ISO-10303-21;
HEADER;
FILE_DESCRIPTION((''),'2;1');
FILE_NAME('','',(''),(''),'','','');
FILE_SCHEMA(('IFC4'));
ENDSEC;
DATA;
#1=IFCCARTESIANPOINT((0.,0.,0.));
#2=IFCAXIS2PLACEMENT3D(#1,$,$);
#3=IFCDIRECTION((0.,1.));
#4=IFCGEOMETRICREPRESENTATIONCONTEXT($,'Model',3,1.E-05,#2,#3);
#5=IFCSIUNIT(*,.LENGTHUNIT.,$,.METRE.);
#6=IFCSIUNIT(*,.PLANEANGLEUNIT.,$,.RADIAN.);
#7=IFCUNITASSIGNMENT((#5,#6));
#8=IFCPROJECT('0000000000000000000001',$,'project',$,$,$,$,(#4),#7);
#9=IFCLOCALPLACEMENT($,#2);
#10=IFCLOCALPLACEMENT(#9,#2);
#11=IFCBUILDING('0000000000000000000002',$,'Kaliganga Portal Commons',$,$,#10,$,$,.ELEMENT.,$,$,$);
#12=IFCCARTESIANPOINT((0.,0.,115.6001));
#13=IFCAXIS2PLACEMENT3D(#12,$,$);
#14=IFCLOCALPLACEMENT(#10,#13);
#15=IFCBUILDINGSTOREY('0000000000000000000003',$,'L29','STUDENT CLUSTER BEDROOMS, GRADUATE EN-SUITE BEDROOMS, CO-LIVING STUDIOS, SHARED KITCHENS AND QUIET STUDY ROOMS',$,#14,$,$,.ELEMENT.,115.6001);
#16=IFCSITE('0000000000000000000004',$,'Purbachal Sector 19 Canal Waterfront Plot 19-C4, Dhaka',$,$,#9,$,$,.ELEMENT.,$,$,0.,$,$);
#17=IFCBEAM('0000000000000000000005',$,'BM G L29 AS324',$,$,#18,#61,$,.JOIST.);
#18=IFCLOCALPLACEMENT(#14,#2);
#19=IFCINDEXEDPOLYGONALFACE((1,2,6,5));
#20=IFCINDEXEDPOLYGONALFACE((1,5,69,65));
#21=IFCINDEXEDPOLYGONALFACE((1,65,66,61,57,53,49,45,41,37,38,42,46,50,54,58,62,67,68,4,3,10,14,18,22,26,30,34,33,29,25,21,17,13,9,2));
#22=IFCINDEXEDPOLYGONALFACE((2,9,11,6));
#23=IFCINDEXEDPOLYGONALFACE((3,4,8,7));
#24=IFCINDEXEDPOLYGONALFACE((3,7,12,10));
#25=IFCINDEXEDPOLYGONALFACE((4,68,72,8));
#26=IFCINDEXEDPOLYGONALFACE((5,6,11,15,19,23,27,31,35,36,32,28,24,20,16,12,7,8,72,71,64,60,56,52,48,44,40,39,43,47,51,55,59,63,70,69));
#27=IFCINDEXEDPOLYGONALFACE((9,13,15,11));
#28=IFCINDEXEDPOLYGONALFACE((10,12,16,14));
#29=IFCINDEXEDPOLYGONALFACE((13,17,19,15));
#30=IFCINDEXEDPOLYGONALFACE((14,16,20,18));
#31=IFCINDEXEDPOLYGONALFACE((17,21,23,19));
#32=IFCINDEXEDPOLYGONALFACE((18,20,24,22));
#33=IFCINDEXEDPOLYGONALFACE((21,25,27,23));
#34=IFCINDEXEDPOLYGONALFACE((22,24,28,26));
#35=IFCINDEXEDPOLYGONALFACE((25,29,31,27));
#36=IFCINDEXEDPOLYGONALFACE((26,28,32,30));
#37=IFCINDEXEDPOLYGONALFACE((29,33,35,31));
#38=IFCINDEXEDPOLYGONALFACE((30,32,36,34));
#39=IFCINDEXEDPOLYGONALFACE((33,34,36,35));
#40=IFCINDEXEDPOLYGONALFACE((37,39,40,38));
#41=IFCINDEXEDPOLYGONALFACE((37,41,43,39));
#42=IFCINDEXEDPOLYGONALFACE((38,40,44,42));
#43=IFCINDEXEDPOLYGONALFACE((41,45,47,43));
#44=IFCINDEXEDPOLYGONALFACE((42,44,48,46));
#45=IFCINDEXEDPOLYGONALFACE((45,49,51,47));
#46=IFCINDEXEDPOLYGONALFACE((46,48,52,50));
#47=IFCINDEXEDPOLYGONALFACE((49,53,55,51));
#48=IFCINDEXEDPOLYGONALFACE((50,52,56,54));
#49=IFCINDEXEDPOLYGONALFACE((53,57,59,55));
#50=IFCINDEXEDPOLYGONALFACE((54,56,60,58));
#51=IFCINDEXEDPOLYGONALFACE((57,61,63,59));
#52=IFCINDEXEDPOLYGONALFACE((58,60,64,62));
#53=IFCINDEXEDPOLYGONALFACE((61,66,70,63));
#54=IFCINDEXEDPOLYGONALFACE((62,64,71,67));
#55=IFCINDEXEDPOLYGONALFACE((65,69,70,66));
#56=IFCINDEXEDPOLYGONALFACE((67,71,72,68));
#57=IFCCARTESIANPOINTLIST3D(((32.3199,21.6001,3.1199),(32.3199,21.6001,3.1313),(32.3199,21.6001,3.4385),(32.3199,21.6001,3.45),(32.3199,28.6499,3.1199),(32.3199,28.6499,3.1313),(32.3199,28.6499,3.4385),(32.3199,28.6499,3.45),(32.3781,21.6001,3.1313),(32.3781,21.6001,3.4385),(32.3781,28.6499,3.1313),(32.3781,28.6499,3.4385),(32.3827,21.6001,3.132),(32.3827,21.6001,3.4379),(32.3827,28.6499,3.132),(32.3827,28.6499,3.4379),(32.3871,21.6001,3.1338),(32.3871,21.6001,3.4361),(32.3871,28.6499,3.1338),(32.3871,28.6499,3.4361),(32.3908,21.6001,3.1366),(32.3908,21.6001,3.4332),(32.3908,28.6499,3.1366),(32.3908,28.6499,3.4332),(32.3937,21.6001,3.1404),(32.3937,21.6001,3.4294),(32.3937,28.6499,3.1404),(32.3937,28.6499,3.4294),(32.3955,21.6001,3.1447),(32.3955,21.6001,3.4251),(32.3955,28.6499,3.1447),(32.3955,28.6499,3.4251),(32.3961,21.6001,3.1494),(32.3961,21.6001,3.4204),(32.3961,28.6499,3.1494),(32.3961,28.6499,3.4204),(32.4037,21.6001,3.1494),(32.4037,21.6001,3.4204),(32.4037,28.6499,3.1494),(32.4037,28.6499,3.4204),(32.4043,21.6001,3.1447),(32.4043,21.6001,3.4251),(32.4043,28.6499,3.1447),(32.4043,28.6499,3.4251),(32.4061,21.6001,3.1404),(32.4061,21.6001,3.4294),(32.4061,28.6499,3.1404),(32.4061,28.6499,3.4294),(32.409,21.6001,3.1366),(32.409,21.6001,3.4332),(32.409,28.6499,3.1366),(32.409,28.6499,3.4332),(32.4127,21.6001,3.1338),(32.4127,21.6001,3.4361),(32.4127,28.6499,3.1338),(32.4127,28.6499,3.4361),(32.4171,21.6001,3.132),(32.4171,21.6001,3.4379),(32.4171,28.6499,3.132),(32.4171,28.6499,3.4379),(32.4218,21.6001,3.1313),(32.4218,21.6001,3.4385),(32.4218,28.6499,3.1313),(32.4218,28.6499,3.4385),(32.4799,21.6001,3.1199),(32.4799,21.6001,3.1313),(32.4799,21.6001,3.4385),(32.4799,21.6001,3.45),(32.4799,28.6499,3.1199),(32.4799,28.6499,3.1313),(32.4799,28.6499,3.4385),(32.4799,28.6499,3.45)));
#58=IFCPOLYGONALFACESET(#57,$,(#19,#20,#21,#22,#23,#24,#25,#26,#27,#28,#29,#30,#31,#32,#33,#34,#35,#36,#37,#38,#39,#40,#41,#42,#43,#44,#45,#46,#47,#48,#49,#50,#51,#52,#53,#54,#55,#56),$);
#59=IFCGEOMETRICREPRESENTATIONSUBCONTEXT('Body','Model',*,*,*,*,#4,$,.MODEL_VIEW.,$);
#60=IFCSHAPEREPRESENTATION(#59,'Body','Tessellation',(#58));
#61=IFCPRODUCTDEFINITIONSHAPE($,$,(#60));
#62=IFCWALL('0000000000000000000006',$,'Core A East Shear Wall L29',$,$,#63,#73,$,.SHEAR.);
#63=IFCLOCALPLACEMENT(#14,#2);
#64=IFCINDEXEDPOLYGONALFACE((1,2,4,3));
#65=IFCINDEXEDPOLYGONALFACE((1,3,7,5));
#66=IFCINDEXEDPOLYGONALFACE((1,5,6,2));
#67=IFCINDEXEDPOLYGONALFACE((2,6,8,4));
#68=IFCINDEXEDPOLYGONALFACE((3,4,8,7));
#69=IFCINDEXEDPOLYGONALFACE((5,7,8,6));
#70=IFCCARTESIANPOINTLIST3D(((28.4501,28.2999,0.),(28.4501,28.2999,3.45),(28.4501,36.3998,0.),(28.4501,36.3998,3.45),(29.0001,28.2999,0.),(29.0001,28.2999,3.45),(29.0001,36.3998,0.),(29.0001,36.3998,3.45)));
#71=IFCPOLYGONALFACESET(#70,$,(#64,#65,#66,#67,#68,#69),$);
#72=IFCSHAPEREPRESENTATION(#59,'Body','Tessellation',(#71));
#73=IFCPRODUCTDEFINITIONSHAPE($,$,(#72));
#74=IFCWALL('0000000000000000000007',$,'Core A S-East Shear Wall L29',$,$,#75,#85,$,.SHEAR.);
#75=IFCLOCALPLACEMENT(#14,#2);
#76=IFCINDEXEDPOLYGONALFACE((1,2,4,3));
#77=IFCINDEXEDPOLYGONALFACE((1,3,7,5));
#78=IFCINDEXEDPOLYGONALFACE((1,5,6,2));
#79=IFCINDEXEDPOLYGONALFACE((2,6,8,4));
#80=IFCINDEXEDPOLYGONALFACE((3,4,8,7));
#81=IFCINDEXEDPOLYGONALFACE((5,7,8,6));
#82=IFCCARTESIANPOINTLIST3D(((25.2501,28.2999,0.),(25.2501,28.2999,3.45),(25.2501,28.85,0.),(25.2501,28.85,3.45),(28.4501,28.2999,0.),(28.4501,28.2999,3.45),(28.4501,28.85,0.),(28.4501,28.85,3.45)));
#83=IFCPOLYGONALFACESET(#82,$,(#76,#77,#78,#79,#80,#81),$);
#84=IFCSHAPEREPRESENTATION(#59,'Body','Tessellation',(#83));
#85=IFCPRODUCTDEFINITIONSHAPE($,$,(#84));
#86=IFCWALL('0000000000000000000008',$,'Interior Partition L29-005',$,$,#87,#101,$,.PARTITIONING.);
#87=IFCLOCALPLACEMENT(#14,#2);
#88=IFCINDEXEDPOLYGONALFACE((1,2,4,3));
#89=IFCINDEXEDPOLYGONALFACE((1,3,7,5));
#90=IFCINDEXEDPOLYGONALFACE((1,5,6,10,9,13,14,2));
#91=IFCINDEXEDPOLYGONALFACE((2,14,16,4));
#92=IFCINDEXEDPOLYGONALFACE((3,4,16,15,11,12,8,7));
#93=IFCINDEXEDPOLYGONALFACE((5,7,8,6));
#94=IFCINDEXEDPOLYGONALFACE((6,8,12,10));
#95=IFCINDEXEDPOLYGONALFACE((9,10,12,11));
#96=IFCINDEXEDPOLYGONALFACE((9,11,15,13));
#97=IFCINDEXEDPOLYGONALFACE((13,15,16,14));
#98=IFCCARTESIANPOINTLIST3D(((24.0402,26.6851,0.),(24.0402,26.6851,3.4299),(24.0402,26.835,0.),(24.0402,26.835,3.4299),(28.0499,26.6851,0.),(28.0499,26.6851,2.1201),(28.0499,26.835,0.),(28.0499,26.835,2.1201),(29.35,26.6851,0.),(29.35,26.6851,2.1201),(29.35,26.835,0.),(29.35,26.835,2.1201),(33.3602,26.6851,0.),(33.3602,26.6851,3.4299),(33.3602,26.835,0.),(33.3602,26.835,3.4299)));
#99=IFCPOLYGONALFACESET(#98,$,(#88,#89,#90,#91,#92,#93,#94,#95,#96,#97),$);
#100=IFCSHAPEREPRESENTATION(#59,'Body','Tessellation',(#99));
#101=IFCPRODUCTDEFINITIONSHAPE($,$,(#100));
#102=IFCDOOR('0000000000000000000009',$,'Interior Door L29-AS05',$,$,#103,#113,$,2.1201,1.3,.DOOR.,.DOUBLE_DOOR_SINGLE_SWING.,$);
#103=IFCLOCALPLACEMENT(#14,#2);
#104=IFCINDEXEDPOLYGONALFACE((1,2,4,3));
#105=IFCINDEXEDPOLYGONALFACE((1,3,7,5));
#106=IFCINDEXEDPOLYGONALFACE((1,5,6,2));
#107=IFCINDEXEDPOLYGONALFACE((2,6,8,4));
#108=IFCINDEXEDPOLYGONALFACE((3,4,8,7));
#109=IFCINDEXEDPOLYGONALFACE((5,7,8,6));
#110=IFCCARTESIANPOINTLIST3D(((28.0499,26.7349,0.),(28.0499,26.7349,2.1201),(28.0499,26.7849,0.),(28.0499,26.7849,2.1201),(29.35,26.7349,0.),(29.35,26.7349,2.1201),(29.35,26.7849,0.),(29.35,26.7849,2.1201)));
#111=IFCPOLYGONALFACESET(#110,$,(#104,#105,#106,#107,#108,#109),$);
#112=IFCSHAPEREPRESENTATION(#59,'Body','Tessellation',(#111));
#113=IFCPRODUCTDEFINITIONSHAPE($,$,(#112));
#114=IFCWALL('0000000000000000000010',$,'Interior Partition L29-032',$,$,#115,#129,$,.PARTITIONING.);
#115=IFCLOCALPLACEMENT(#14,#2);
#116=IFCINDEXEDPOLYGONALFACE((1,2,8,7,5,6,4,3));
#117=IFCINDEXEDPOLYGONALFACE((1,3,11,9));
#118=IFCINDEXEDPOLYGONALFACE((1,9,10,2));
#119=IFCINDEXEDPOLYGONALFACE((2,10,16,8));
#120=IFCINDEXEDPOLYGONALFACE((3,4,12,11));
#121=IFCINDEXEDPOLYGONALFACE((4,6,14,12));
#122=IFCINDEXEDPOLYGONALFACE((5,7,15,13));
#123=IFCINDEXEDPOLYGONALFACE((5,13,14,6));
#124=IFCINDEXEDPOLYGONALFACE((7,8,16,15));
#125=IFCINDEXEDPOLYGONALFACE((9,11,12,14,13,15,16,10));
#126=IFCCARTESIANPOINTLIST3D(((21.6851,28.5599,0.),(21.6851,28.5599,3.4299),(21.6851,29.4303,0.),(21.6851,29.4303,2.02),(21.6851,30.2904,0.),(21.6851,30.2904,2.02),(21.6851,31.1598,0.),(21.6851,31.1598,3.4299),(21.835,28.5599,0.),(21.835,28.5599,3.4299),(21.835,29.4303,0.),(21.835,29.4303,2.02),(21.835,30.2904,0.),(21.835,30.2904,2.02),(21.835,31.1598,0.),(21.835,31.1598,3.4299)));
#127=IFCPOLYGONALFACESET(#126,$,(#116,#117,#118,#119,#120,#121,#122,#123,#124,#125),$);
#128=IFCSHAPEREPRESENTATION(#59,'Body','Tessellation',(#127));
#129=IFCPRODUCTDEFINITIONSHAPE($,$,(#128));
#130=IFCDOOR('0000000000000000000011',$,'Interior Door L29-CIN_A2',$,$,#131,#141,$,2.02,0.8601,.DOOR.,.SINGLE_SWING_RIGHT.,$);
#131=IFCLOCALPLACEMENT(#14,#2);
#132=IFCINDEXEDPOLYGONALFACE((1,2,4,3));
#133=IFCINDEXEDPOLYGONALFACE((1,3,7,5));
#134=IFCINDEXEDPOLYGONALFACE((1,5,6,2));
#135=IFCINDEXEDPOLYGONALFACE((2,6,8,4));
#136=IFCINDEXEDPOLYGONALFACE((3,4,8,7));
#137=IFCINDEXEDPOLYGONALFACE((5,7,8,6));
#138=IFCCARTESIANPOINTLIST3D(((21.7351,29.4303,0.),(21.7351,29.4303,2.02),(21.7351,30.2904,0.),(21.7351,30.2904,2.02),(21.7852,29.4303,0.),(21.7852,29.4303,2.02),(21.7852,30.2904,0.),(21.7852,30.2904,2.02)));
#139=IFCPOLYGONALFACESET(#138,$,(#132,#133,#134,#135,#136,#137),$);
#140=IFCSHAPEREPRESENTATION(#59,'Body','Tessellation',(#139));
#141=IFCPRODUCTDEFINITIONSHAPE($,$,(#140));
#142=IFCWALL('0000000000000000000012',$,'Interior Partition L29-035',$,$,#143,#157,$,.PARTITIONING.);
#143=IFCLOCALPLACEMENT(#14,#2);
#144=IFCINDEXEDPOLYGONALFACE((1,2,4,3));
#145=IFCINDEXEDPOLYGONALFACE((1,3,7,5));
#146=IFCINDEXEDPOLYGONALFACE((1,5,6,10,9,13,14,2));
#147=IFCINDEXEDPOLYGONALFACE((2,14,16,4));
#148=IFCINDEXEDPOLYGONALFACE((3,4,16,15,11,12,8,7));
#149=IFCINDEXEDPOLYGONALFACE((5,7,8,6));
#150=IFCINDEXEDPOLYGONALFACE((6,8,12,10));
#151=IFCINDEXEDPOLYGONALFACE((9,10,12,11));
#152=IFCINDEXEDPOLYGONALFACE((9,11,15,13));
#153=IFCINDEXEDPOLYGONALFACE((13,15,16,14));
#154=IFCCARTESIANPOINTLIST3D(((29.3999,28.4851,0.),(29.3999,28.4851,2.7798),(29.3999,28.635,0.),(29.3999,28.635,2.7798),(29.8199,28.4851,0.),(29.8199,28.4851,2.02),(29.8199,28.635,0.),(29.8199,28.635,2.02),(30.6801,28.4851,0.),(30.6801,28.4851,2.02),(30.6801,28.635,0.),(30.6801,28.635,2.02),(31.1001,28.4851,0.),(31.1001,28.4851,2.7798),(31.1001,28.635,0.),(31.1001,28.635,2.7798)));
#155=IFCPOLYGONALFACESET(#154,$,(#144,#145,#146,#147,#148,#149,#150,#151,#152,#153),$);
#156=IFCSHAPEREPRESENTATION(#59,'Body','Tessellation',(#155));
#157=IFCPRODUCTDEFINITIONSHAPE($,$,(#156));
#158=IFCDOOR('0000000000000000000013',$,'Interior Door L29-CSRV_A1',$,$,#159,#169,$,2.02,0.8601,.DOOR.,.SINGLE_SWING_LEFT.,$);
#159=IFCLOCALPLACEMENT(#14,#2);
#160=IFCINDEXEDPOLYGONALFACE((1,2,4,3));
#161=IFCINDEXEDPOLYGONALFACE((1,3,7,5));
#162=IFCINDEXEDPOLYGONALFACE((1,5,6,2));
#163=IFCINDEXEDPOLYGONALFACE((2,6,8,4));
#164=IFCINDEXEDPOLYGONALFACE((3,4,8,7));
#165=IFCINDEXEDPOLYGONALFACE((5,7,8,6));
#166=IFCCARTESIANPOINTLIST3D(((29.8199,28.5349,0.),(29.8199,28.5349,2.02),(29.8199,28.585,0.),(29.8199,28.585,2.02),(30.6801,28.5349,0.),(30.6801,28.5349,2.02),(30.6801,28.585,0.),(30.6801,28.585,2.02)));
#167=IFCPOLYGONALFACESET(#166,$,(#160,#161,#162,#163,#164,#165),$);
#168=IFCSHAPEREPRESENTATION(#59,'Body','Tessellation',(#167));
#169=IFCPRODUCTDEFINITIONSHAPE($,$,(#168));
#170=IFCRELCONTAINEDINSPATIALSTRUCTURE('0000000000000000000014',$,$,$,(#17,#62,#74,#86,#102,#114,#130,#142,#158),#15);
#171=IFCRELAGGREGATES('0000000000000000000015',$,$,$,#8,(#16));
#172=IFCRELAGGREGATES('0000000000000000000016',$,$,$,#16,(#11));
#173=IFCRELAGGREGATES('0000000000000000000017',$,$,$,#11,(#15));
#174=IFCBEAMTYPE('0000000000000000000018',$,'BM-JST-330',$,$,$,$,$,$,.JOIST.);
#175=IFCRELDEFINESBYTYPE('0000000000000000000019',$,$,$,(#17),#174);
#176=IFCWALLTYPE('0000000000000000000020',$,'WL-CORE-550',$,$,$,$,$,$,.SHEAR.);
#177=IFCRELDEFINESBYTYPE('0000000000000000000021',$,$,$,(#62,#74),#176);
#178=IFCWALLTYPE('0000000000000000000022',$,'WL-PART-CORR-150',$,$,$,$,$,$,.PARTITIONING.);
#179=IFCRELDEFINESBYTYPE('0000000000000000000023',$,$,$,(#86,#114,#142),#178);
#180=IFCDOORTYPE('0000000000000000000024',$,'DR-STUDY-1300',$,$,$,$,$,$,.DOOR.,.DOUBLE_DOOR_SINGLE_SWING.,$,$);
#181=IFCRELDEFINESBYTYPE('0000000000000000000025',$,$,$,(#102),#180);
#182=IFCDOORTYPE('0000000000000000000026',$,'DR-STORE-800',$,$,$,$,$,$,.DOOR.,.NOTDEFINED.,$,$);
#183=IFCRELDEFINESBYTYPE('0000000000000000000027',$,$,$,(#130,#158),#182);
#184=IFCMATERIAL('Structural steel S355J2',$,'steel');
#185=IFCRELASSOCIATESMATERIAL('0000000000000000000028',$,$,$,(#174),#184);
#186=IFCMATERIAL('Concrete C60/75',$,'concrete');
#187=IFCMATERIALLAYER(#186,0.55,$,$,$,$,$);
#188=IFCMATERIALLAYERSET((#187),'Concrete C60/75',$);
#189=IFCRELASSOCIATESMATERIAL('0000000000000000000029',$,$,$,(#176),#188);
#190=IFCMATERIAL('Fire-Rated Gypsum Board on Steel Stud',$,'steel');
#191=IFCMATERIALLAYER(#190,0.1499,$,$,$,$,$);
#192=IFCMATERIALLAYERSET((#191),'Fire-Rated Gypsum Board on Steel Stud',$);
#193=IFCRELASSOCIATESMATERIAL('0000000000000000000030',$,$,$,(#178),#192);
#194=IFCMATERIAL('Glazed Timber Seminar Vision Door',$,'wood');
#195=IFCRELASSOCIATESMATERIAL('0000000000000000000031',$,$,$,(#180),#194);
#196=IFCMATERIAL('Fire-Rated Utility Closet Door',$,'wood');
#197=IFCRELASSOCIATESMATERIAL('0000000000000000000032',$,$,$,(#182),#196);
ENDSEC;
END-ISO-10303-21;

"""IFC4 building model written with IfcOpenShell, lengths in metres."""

from ifc_helpers import new_model, si_unit, direction, frame, frame_2d, origin, origin_2d, place, context, subcontext, project, spatial, rectangle, i_section, extrude, source, transform, mapped, material, layer, layer_set, material_profile, profile_set, type_object, element, fill, save


model = new_model("IFC4")

# Units and contexts
model_context = context("Model", 3, precision=1e-05, world=origin(), true_north=direction((0.0, 1.0)))
body_context = subcontext(model_context, "Body", "Model", "MODEL_VIEW")
ifc_project = project(units=[si_unit("LENGTHUNIT", "METRE"), si_unit("PLANEANGLEUNIT", "RADIAN")], contexts=[model_context])

# Site, building, storey
site_placement = place(None, origin())
site = spatial("IfcSite", under=ifc_project, at=site_placement, Name="Purbachal Sector 19 Canal Waterfront Plot 19-C4, Dhaka", CompositionType="ELEMENT", RefElevation=0.0)
building_placement = place(site_placement, origin())
building = spatial("IfcBuilding", under=site, at=building_placement, Name="Kaliganga Portal Commons", CompositionType="ELEMENT")
storey_placement = place(building_placement, frame((0.0, 0.0, 115.6001)))
storey = spatial("IfcBuildingStorey", under=building, at=storey_placement, Name="L29", Description="STUDENT CLUSTER BEDROOMS, GRADUATE EN-SUITE BEDROOMS, CO-LIVING STUDIOS, SHARED KITCHENS AND QUIET STUDY ROOMS", CompositionType="ELEMENT", Elevation=115.6001)

# Shared definitions
ifc_material_1 = material(Name="Concrete C60/75", Category="concrete")

# Beam
ifc_material_2 = material(Name="Structural steel S355J2", Category="steel")
ifc_material_profile_1 = material_profile(ifc_material_2, i_section(OverallWidth=0.1599, OverallDepth=0.3301, WebThickness=0.0076, FlangeThickness=0.0115, FilletRadius=0.0181, at=origin_2d()), Name="IPE 330")
ifc_profile_set_1 = profile_set([ifc_material_profile_1], Name="Structural steel S355J2 wide-flange")
beam_type_1 = type_object("IfcBeamType", Name="BM-JST-330", PredefinedType="JOIST", material=ifc_profile_set_1)
shared_shape_1 = source(origin(), body_context, "Body", "SweptSolid", [
    extrude(i_section(OverallWidth=0.1599, OverallDepth=0.3301, WebThickness=0.0076, FlangeThickness=0.0115, FilletRadius=0.0181, at=origin_2d()), origin(), (0.0, 0.0, 1.0), 7.0498),
])
beam_1_placement = place(storey_placement, frame((32.3999, 21.6001, 3.2849), z_axis=(0.0, 1.0, 0.0), x_axis=(-1.0, 0.0, 0.0)))
element("IfcBeam", 1, at=beam_1_placement, inside=storey, type_object=beam_type_1, Name="BM G L29 AS324", PredefinedType="JOIST", context=body_context, shape_type="MappedRepresentation", body=[
    mapped(shared_shape_1, transform((0.0, 0.0, 0.0), x_axis=(1.0, 0.0, 0.0), y_axis=(0.0, 1.0, 0.0), z_axis=(0.0, 0.0, 1.0), scale=1.0)),
])

# Walls
ifc_layer_1 = layer(ifc_material_1, 0.55)
ifc_layer_set_1 = layer_set([ifc_layer_1], Name="Concrete C60/75")
wall_type_1 = type_object("IfcWallType", Name="WL-CORE-550", PredefinedType="SHEAR", material=ifc_layer_set_1)
wall_1_placement = place(storey_placement, frame((28.7251, 28.3, 0.0), z_axis=(0.0, 0.0, 1.0), x_axis=(0.0, 1.0, 0.0)))
element("IfcWall", 2, at=wall_1_placement, inside=storey, type_object=wall_type_1, Name="Core A East Shear Wall L29", PredefinedType="SHEAR", context=body_context, shape_type="SweptSolid", body=[
    extrude(rectangle(XDim=8.0999, YDim=0.55, at=frame_2d((4.0498, 0.0))), origin(), (0.0, 0.0, 1.0), 3.45),
])
wall_2_placement = place(storey_placement, frame((25.25, 28.575, 0.0), z_axis=(0.0, 0.0, 1.0), x_axis=(1.0, 0.0, 0.0)))
element("IfcWall", 3, at=wall_2_placement, inside=storey, type_object=wall_type_1, Name="Core A S-East Shear Wall L29", PredefinedType="SHEAR", context=body_context, shape_type="SweptSolid", body=[
    extrude(rectangle(XDim=3.2, YDim=0.55, at=frame_2d((1.6001, 0.0))), origin(), (0.0, 0.0, 1.0), 3.45),
])

# Walls, openings, doors
ifc_material_3 = material(Name="Fire-Rated Gypsum Board on Steel Stud", Category="steel")
ifc_layer_2 = layer(ifc_material_3, 0.1499)
ifc_layer_set_2 = layer_set([ifc_layer_2], Name="Fire-Rated Gypsum Board on Steel Stud")
wall_type_2 = type_object("IfcWallType", Name="WL-PART-CORR-150", PredefinedType="PARTITIONING", material=ifc_layer_set_2)
wall_3_placement = place(storey_placement, frame((24.04, 26.76, 0.0), z_axis=(0.0, 0.0, 1.0), x_axis=(1.0, 0.0, 0.0)))
wall_3 = element("IfcWall", 4, at=wall_3_placement, inside=storey, type_object=wall_type_2, Name="Interior Partition L29-005", PredefinedType="PARTITIONING", context=body_context, shape_type="SweptSolid", body=[
    extrude(rectangle(XDim=9.3201, YDim=0.1499, at=frame_2d((4.6602, 0.0))), origin(), (0.0, 0.0, 1.0), 3.4299),
])
opening_1_placement = place(wall_3_placement, frame((4.01, 0.0, 0.0)))
opening_1 = element("IfcOpeningElement", 5, at=opening_1_placement, cuts=wall_3, PredefinedType="OPENING", context=body_context, shape_type="SweptSolid", body=[
    extrude(rectangle(XDim=1.3, YDim=2.1201, at=frame_2d((0.6499, 1.0601))), frame((0.0, 0.085, 0.0), z_axis=(0.0, -1.0, 0.0), x_axis=(1.0, 0.0, 0.0)), (0.0, 0.0, 1.0), 0.1699),
])
ifc_material_4 = material(Name="Glazed Timber Seminar Vision Door", Category="wood")
door_type_1 = type_object("IfcDoorType", Name="DR-STUDY-1300", OperationType="DOUBLE_DOOR_SINGLE_SWING", PredefinedType="DOOR", material=ifc_material_4)
door_1_placement = place(opening_1_placement, origin())
door_1 = element("IfcDoor", 6, at=door_1_placement, inside=storey, type_object=door_type_1, Name="Interior Door L29-AS05", OperationType="DOUBLE_DOOR_SINGLE_SWING", OverallHeight=2.1201, OverallWidth=1.3, PredefinedType="DOOR", context=body_context, shape_type="SweptSolid", body=[
    extrude(rectangle(XDim=1.3, YDim=2.1201, at=frame_2d((0.6499, 1.0601))), frame((0.0, 0.0249, 0.0), z_axis=(0.0, -1.0, 0.0), x_axis=(1.0, 0.0, 0.0)), (0.0, 0.0, 1.0), 0.05),
])
fill(opening_1, door_1)
wall_4_placement = place(storey_placement, frame((21.76, 28.5601, 0.0), z_axis=(0.0, 0.0, 1.0), x_axis=(0.0, 1.0, 0.0)))
wall_4 = element("IfcWall", 7, at=wall_4_placement, inside=storey, type_object=wall_type_2, Name="Interior Partition L29-032", PredefinedType="PARTITIONING", context=body_context, shape_type="SweptSolid", body=[
    extrude(rectangle(XDim=2.5999, YDim=0.1499, at=frame_2d((1.2998, 0.0))), origin(), (0.0, 0.0, 1.0), 3.4299),
])
opening_2_placement = place(wall_4_placement, frame((0.8701, 0.0, 0.0)))
opening_2 = element("IfcOpeningElement", 8, at=opening_2_placement, cuts=wall_4, PredefinedType="OPENING", context=body_context, shape_type="SweptSolid", body=[
    extrude(rectangle(XDim=0.8601, YDim=2.02, at=frame_2d((0.4302, 1.01))), frame((0.0, 0.085, 0.0), z_axis=(0.0, -1.0, 0.0), x_axis=(1.0, 0.0, 0.0)), (0.0, 0.0, 1.0), 0.1699),
])
ifc_material_5 = material(Name="Fire-Rated Utility Closet Door", Category="wood")
door_type_2 = type_object("IfcDoorType", Name="DR-STORE-800", OperationType="NOTDEFINED", PredefinedType="DOOR", material=ifc_material_5)
door_2_placement = place(opening_2_placement, origin())
door_2 = element("IfcDoor", 9, at=door_2_placement, inside=storey, type_object=door_type_2, Name="Interior Door L29-CIN_A2", OperationType="SINGLE_SWING_RIGHT", OverallHeight=2.02, OverallWidth=0.8601, PredefinedType="DOOR", context=body_context, shape_type="SweptSolid", body=[
    extrude(rectangle(XDim=0.8601, YDim=2.02, at=frame_2d((0.4302, 1.01))), frame((0.0, 0.0249, 0.0), z_axis=(0.0, -1.0, 0.0), x_axis=(1.0, 0.0, 0.0)), (0.0, 0.0, 1.0), 0.05),
])
fill(opening_2, door_2)
wall_5_placement = place(storey_placement, frame((29.3999, 28.5601, 0.0), z_axis=(0.0, 0.0, 1.0), x_axis=(1.0, 0.0, 0.0)))
wall_5 = element("IfcWall", 10, at=wall_5_placement, inside=storey, type_object=wall_type_2, Name="Interior Partition L29-035", PredefinedType="PARTITIONING", context=body_context, shape_type="SweptSolid", body=[
    extrude(rectangle(XDim=1.7002, YDim=0.1499, at=frame_2d((0.8501, 0.0))), origin(), (0.0, 0.0, 1.0), 2.7798),
])
opening_3_placement = place(wall_5_placement, frame((0.4199, 0.0, 0.0)))
opening_3 = element("IfcOpeningElement", 11, at=opening_3_placement, cuts=wall_5, PredefinedType="OPENING", context=body_context, shape_type="SweptSolid", body=[
    extrude(rectangle(XDim=0.8601, YDim=2.02, at=frame_2d((0.4302, 1.01))), frame((0.0, 0.085, 0.0), z_axis=(0.0, -1.0, 0.0), x_axis=(1.0, 0.0, 0.0)), (0.0, 0.0, 1.0), 0.1699),
])
door_3_placement = place(opening_3_placement, origin())
door_3 = element("IfcDoor", 12, at=door_3_placement, inside=storey, type_object=door_type_2, Name="Interior Door L29-CSRV_A1", OperationType="SINGLE_SWING_LEFT", OverallHeight=2.02, OverallWidth=0.8601, PredefinedType="DOOR", context=body_context, shape_type="SweptSolid", body=[
    extrude(rectangle(XDim=0.8601, YDim=2.02, at=frame_2d((0.4302, 1.01))), frame((0.0, 0.0249, 0.0), z_axis=(0.0, -1.0, 0.0), x_axis=(1.0, 0.0, 0.0)), (0.0, 0.0, 1.0), 0.05),
])
fill(opening_3, door_3)

save(model, "model.ifc")
